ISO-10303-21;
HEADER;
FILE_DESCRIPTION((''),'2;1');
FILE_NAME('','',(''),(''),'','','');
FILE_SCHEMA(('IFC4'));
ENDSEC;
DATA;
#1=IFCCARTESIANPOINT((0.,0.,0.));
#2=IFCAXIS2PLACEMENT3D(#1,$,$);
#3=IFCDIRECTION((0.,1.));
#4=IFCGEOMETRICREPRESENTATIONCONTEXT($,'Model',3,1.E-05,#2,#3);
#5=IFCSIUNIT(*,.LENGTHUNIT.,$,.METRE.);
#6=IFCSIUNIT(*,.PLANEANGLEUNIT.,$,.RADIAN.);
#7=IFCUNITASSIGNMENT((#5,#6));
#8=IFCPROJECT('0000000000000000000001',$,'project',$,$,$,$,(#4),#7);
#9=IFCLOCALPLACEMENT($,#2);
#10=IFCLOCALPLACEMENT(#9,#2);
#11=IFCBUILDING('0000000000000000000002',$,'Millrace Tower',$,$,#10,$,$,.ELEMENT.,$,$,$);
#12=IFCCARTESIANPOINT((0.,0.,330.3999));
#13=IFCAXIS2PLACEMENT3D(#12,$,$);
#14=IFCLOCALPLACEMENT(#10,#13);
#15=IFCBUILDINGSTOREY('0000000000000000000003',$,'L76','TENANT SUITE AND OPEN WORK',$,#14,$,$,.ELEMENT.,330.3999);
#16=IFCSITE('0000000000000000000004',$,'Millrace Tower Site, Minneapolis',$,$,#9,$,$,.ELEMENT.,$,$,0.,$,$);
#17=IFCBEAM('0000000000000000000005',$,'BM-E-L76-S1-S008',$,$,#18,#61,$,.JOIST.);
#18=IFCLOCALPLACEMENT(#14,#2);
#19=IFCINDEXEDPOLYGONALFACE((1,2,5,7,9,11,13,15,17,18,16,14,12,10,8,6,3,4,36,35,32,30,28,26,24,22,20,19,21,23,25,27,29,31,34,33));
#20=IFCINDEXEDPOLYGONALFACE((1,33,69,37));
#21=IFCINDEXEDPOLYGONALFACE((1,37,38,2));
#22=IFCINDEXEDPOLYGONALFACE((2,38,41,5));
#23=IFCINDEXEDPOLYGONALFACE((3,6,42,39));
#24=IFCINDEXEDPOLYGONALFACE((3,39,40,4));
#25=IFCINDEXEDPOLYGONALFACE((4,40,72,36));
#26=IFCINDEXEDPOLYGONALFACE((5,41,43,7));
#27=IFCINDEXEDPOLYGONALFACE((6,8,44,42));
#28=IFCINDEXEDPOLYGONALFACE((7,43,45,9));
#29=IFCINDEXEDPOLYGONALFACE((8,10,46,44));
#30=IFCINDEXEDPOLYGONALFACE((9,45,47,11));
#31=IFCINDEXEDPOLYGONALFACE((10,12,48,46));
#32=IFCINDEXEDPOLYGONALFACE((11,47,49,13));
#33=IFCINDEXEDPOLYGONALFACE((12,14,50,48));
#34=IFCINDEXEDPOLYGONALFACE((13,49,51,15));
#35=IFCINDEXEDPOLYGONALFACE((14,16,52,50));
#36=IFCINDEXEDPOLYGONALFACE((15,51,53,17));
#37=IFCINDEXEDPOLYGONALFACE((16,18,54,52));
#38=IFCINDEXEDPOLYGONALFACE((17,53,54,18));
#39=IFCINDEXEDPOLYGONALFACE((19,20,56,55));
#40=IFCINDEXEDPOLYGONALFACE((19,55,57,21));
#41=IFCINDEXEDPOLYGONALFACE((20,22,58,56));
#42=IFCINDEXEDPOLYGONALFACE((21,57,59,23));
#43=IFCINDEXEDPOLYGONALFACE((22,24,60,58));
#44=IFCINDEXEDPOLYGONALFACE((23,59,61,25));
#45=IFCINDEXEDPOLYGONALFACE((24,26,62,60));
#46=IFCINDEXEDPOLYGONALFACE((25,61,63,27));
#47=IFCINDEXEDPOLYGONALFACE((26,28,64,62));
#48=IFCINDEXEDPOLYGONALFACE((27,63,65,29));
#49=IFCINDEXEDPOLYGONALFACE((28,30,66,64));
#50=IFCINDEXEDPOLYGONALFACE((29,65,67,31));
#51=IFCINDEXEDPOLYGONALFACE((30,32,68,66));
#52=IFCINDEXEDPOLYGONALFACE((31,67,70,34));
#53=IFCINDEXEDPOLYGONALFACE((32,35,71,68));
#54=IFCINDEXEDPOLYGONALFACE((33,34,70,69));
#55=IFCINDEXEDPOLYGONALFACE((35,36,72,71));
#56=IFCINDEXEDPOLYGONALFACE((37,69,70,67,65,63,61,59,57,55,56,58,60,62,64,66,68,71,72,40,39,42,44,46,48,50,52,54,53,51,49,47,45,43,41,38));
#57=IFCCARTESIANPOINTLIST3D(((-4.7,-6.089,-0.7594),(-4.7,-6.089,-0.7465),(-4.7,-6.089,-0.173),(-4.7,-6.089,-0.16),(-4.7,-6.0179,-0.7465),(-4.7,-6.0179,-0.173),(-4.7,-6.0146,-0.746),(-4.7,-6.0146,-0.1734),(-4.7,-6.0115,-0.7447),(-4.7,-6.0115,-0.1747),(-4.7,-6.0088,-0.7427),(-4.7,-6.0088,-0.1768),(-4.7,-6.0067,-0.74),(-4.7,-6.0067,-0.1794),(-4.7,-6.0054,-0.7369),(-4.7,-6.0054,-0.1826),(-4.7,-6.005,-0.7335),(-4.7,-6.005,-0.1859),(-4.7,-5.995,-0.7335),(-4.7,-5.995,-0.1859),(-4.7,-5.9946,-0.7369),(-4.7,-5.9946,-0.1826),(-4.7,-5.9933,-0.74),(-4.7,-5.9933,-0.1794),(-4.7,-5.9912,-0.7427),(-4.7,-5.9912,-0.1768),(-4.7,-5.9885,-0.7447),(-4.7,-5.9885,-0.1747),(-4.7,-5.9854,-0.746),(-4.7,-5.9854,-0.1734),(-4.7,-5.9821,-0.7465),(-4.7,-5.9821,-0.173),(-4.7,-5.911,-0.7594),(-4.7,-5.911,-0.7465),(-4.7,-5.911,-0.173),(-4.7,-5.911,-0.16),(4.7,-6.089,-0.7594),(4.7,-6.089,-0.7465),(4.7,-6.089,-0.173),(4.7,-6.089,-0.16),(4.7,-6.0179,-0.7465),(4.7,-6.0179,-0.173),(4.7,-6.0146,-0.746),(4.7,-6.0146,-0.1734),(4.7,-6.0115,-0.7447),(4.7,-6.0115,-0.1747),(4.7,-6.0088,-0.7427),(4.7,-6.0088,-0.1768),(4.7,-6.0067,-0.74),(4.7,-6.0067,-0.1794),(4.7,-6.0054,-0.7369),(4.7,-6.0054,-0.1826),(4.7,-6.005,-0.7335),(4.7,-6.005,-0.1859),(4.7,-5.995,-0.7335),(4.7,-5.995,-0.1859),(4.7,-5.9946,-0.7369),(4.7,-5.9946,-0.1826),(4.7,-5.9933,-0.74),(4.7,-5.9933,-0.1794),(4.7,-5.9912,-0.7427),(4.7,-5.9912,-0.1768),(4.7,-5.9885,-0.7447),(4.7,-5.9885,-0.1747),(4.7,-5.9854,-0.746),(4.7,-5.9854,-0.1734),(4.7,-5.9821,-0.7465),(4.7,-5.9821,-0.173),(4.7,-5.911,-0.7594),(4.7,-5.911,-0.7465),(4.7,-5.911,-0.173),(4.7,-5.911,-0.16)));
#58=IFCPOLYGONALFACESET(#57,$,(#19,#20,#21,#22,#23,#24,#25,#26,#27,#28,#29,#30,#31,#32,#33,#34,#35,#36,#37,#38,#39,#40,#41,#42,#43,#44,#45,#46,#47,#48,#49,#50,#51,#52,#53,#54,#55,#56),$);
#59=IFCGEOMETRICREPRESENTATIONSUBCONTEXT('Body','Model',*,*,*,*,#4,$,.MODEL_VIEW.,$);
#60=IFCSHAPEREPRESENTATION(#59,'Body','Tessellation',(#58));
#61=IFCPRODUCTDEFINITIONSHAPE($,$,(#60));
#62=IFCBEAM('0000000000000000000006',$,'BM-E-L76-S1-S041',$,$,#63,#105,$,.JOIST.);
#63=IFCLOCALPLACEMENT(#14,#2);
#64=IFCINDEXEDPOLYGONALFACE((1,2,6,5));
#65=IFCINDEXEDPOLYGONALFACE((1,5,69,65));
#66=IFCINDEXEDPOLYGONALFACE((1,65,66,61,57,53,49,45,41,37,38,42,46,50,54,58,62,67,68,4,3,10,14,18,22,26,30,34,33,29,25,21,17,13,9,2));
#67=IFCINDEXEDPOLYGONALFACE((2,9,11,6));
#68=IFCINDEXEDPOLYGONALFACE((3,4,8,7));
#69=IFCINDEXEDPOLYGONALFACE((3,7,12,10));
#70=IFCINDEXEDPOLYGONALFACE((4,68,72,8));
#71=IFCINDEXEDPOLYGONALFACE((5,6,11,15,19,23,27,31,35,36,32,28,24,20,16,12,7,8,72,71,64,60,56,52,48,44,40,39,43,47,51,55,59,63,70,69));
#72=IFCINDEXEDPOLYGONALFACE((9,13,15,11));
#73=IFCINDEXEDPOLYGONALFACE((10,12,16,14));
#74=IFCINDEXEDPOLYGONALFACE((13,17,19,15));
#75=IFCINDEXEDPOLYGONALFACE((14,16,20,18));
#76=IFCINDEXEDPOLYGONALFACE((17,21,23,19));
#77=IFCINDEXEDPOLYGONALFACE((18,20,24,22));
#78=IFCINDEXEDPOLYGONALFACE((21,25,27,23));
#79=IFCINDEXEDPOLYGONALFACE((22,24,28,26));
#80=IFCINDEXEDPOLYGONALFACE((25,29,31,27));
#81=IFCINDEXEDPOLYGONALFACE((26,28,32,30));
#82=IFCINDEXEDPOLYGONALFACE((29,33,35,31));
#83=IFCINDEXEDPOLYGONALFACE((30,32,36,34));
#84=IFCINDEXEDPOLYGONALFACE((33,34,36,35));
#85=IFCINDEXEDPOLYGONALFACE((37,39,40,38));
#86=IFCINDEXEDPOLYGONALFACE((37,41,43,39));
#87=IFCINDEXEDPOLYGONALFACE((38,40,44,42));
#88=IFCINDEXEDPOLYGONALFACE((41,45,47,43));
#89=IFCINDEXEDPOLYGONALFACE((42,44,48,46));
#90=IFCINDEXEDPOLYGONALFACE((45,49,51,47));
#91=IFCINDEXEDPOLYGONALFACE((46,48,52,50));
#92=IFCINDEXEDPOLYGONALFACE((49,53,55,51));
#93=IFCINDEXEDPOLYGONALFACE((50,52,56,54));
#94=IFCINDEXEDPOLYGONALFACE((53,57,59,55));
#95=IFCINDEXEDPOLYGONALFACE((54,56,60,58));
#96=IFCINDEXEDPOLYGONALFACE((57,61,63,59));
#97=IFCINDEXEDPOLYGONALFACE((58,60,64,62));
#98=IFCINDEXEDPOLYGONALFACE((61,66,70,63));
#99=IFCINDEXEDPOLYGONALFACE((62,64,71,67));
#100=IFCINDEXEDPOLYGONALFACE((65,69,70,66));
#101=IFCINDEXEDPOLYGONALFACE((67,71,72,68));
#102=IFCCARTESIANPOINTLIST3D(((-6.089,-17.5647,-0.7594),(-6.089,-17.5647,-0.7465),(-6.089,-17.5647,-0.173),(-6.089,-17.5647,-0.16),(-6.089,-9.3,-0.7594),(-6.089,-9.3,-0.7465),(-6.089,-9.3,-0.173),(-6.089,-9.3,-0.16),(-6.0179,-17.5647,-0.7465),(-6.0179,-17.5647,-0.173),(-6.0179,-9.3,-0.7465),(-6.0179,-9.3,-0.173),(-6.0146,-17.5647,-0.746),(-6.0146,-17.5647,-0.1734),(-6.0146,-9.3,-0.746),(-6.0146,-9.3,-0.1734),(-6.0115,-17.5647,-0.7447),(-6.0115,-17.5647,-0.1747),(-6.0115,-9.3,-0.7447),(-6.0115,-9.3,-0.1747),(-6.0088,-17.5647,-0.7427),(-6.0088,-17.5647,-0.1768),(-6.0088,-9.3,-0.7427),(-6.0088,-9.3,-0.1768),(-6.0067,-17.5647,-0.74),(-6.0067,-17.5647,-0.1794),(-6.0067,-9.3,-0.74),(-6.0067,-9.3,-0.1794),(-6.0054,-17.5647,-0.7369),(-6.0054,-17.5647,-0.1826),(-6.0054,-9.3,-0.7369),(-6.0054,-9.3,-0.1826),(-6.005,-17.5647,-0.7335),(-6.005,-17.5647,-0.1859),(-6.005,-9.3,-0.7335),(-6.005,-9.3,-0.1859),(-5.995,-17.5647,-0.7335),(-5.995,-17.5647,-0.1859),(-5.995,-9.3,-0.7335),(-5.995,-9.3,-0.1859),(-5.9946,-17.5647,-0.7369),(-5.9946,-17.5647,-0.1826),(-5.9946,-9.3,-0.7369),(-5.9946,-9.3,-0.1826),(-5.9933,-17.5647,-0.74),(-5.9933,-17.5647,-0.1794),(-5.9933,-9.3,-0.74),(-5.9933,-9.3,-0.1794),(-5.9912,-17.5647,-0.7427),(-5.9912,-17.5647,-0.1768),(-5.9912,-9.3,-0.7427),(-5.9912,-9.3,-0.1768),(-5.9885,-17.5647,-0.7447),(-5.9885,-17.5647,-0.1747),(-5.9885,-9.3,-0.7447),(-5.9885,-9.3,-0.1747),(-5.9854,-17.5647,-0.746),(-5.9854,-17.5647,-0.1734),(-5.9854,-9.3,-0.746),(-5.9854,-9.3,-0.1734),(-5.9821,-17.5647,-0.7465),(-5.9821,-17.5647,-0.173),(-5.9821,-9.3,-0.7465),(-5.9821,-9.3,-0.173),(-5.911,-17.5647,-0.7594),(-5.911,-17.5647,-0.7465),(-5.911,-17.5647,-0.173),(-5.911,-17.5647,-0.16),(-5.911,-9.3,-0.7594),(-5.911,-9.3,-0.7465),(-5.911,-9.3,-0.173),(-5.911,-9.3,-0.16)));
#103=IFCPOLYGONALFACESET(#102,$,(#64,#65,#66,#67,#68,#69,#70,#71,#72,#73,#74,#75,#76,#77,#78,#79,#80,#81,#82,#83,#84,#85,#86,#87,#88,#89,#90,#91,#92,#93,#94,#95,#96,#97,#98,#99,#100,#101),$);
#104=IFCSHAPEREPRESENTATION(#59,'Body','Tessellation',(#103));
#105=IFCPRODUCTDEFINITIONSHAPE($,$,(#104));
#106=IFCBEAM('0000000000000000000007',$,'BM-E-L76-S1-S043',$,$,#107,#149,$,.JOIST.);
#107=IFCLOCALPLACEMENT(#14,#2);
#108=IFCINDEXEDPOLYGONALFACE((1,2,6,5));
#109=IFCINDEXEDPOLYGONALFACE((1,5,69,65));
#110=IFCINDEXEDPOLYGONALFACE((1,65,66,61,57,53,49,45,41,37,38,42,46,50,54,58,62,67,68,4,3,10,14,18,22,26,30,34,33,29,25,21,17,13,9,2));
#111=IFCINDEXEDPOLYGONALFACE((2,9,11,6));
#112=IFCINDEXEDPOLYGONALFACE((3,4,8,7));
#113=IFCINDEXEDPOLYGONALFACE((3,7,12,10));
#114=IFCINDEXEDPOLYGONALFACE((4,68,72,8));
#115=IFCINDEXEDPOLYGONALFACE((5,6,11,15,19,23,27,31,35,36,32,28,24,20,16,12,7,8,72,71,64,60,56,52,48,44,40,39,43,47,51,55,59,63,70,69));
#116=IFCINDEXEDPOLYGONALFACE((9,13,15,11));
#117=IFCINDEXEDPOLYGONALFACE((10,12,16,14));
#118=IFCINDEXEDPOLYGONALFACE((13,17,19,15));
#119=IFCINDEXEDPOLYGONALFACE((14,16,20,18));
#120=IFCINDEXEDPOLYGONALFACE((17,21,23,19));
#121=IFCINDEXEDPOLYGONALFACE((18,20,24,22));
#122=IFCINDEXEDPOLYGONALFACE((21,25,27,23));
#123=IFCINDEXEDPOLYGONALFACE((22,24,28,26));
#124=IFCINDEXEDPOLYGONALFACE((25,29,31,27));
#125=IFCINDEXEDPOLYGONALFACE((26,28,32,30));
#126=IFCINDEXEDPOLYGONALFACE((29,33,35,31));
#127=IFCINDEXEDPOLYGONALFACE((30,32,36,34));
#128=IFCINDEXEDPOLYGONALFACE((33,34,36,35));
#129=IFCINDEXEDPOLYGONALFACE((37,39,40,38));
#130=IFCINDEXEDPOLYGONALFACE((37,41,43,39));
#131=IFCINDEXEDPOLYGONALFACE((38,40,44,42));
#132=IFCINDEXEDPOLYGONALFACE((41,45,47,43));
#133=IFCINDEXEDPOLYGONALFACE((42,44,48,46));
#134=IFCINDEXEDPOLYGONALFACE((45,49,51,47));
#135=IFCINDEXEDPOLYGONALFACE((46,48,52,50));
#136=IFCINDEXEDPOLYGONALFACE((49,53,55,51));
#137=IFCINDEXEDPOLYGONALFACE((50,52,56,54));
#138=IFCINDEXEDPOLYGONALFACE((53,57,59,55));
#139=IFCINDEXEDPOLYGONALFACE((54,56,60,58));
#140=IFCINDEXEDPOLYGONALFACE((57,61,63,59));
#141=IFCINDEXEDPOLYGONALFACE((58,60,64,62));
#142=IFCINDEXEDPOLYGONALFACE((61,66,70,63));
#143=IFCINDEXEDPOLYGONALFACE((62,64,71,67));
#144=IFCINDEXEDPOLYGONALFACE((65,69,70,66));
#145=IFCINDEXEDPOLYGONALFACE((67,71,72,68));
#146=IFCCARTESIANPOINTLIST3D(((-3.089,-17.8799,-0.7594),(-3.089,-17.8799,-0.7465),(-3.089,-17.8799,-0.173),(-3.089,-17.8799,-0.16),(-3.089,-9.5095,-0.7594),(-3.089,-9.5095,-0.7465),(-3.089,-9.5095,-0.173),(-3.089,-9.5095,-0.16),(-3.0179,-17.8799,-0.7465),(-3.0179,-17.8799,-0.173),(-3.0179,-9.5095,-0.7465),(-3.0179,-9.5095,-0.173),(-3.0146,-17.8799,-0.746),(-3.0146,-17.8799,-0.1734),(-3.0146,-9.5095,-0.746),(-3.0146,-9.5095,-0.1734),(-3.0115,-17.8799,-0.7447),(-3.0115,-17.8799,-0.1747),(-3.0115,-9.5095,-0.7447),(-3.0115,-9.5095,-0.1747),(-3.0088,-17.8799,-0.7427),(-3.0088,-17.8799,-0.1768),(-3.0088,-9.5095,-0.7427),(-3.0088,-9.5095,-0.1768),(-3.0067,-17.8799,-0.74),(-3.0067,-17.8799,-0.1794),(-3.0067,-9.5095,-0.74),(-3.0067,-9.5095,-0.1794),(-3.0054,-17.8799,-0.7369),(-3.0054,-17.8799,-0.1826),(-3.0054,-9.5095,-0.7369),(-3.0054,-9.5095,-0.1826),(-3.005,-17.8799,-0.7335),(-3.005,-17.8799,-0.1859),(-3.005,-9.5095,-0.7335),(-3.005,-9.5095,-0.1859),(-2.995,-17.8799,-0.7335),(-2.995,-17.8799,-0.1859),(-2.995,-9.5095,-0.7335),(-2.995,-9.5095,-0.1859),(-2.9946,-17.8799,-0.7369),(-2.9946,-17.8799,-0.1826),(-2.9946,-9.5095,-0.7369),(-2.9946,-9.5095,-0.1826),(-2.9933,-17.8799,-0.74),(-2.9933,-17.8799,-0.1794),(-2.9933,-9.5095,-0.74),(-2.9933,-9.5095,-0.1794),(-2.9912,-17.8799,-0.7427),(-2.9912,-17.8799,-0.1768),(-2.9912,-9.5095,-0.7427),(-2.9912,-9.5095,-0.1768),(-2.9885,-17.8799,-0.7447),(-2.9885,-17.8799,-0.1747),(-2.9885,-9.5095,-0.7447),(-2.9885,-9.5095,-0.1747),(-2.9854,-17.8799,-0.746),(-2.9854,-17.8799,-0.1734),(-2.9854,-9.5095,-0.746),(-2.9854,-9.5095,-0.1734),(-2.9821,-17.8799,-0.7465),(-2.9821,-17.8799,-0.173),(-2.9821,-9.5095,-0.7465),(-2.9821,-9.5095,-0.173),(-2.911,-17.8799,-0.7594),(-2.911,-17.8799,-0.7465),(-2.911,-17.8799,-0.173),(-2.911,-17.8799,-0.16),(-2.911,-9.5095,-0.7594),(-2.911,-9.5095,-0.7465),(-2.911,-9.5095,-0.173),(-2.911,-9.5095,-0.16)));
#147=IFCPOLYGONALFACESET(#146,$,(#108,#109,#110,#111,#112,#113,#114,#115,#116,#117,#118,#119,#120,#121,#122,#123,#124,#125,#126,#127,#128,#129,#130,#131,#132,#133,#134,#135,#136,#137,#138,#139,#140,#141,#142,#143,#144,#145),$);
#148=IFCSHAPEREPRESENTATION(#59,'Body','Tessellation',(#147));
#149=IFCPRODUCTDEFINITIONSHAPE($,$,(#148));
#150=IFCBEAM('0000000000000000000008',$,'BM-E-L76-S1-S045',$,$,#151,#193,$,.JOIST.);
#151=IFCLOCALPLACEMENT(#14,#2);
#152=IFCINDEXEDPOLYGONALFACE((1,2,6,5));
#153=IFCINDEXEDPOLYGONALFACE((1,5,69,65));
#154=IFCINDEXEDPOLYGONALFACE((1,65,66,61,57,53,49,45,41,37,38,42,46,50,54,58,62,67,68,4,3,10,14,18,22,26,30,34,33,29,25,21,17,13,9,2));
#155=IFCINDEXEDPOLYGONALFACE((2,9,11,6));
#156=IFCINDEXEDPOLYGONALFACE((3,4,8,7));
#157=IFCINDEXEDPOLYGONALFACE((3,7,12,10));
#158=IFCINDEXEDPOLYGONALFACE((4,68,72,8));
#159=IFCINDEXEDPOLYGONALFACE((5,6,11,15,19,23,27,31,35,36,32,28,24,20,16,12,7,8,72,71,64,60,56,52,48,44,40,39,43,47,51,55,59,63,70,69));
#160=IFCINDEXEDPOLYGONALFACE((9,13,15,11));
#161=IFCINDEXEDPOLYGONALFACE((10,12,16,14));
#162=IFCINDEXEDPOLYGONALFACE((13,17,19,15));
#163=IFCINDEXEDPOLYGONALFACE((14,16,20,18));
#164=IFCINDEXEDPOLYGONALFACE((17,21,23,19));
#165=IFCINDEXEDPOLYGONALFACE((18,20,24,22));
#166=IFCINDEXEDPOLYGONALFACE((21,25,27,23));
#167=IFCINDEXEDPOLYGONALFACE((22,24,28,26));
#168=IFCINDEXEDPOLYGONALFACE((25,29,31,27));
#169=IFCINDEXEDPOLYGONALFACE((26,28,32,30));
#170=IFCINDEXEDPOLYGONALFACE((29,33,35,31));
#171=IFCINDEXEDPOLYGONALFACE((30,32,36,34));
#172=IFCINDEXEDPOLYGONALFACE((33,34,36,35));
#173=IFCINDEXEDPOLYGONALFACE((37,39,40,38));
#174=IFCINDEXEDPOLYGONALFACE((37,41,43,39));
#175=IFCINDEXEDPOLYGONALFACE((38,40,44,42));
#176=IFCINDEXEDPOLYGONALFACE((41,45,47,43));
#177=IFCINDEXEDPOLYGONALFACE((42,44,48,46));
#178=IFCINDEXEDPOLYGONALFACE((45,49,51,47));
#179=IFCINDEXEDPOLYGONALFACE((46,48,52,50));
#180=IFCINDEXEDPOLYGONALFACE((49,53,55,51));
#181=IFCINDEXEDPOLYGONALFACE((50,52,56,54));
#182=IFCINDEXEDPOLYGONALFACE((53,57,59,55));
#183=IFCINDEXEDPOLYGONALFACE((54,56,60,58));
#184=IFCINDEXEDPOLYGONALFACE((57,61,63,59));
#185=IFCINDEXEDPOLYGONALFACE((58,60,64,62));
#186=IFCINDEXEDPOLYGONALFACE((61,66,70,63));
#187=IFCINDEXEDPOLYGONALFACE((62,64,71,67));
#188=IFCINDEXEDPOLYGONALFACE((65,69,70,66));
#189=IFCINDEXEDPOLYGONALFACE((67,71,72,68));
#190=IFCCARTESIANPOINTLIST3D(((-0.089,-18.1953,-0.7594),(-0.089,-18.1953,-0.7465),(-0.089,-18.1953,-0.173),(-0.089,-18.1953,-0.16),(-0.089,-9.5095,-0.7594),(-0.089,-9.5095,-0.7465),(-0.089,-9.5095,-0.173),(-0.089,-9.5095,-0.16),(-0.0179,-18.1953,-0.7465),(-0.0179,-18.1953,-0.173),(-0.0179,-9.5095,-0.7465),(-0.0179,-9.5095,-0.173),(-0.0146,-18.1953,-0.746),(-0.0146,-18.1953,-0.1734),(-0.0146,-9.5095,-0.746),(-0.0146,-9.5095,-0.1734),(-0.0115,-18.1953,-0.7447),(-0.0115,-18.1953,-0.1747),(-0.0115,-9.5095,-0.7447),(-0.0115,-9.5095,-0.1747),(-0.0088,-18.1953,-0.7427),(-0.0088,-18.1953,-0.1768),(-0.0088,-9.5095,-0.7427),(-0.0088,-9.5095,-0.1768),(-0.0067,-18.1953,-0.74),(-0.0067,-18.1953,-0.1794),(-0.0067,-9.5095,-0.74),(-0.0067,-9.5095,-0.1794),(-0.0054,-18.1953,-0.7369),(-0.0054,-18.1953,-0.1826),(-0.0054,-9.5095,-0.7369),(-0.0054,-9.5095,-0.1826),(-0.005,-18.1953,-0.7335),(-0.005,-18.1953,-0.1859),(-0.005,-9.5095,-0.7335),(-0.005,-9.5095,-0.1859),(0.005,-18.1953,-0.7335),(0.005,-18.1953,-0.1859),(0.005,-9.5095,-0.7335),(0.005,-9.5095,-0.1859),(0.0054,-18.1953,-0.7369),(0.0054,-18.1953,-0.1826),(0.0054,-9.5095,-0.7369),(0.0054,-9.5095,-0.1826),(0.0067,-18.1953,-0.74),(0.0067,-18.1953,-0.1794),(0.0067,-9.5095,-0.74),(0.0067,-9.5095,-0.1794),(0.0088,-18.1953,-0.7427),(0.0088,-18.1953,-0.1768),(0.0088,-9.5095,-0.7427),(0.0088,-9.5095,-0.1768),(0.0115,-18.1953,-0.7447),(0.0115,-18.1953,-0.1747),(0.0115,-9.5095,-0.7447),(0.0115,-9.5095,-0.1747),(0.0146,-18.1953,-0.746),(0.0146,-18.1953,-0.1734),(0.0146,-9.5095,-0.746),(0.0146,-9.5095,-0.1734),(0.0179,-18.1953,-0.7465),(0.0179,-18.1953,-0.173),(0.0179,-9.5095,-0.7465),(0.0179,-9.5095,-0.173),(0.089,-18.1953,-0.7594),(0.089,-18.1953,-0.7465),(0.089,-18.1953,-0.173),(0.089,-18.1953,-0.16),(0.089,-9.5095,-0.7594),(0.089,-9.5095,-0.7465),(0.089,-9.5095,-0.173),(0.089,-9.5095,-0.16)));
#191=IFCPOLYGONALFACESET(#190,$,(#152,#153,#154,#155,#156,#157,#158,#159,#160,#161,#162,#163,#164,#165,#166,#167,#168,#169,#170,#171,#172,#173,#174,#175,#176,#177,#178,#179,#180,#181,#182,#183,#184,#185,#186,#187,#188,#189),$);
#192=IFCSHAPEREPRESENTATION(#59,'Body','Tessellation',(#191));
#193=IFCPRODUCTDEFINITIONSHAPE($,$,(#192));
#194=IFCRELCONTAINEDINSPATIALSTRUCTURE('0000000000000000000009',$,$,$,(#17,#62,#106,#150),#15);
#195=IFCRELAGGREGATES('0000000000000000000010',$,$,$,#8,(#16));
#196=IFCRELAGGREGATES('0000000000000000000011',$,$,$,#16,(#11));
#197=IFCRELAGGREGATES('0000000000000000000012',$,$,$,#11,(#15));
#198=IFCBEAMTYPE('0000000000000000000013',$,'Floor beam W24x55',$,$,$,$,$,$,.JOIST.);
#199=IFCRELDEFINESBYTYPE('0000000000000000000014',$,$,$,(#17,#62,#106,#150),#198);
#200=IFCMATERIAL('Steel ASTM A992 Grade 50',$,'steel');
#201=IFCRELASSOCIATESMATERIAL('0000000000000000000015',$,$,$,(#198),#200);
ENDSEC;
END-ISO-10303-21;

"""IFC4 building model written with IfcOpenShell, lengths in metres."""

from ifc_helpers import new_model, si_unit, direction, frame, origin, origin_2d, place, context, subcontext, project, spatial, i_section, extrude, material, material_profile, profile_set, type_object, element, save


model = new_model("IFC4")

# Units and contexts
model_context = context("Model", 3, precision=1e-05, world=origin(), true_north=direction((0.0, 1.0)))
body_context = subcontext(model_context, "Body", "Model", "MODEL_VIEW")
ifc_project = project(units=[si_unit("LENGTHUNIT", "METRE"), si_unit("PLANEANGLEUNIT", "RADIAN")], contexts=[model_context])

# Site, building, storey
site_placement = place(None, origin())
site = spatial("IfcSite", under=ifc_project, at=site_placement, Name="Millrace Tower Site, Minneapolis", CompositionType="ELEMENT", RefElevation=0.0)
building_placement = place(site_placement, origin())
building = spatial("IfcBuilding", under=site, at=building_placement, Name="Millrace Tower", CompositionType="ELEMENT")
storey_placement = place(building_placement, frame((0.0, 0.0, 330.3999)))
storey = spatial("IfcBuildingStorey", under=building, at=storey_placement, Name="L76", Description="TENANT SUITE AND OPEN WORK", CompositionType="ELEMENT", Elevation=330.3999)

# Beams
ifc_material_1 = material(Name="Steel ASTM A992 Grade 50", Category="steel")
ifc_material_profile_1 = material_profile(ifc_material_1, i_section(OverallWidth=0.178, OverallDepth=0.5994, WebThickness=0.01, FlangeThickness=0.0129, FilletRadius=0.0129, at=origin_2d()))
ifc_profile_set_1 = profile_set([ifc_material_profile_1], Name="Steel ASTM A992 Grade 50")
beam_type_1 = type_object("IfcBeamType", Name="Floor beam W24x55", PredefinedType="JOIST", material=ifc_profile_set_1)
beam_1_placement = place(storey_placement, frame((-4.7, -6.0, -0.4597), z_axis=(1.0, 0.0, 0.0), x_axis=(0.0, 1.0, 0.0)))
element("IfcBeam", 1, at=beam_1_placement, inside=storey, type_object=beam_type_1, Name="BM-E-L76-S1-S008", PredefinedType="JOIST", context=body_context, shape_type="SweptSolid", body=[
    extrude(i_section(OverallWidth=0.178, OverallDepth=0.5994, WebThickness=0.01, FlangeThickness=0.0129, FilletRadius=0.0129, at=origin_2d()), origin(), (0.0, 0.0, 1.0), 9.3999),
])
beam_2_placement = place(storey_placement, frame((-6.0, -17.5647, -0.4597), z_axis=(0.0, 1.0, 0.0), x_axis=(-1.0, 0.0, 0.0)))
element("IfcBeam", 2, at=beam_2_placement, inside=storey, type_object=beam_type_1, Name="BM-E-L76-S1-S041", PredefinedType="JOIST", context=body_context, shape_type="SweptSolid", body=[
    extrude(i_section(OverallWidth=0.178, OverallDepth=0.5994, WebThickness=0.01, FlangeThickness=0.0129, FilletRadius=0.0129, at=origin_2d()), origin(), (0.0, 0.0, 1.0), 8.2646),
])
beam_3_placement = place(storey_placement, frame((-3.0, -17.8799, -0.4597), z_axis=(0.0, 1.0, 0.0), x_axis=(-1.0, 0.0, 0.0)))
element("IfcBeam", 3, at=beam_3_placement, inside=storey, type_object=beam_type_1, Name="BM-E-L76-S1-S043", PredefinedType="JOIST", context=body_context, shape_type="SweptSolid", body=[
    extrude(i_section(OverallWidth=0.178, OverallDepth=0.5994, WebThickness=0.01, FlangeThickness=0.0129, FilletRadius=0.0129, at=origin_2d()), origin(), (0.0, 0.0, 1.0), 8.3704),
])
beam_4_placement = place(storey_placement, frame((0.0, -18.1953, -0.4597), z_axis=(0.0, 1.0, 0.0), x_axis=(-1.0, 0.0, 0.0)))
element("IfcBeam", 4, at=beam_4_placement, inside=storey, type_object=beam_type_1, Name="BM-E-L76-S1-S045", PredefinedType="JOIST", context=body_context, shape_type="SweptSolid", body=[
    extrude(i_section(OverallWidth=0.178, OverallDepth=0.5994, WebThickness=0.01, FlangeThickness=0.0129, FilletRadius=0.0129, at=origin_2d()), origin(), (0.0, 0.0, 1.0), 8.6858),
])

save(model, "model.ifc")
